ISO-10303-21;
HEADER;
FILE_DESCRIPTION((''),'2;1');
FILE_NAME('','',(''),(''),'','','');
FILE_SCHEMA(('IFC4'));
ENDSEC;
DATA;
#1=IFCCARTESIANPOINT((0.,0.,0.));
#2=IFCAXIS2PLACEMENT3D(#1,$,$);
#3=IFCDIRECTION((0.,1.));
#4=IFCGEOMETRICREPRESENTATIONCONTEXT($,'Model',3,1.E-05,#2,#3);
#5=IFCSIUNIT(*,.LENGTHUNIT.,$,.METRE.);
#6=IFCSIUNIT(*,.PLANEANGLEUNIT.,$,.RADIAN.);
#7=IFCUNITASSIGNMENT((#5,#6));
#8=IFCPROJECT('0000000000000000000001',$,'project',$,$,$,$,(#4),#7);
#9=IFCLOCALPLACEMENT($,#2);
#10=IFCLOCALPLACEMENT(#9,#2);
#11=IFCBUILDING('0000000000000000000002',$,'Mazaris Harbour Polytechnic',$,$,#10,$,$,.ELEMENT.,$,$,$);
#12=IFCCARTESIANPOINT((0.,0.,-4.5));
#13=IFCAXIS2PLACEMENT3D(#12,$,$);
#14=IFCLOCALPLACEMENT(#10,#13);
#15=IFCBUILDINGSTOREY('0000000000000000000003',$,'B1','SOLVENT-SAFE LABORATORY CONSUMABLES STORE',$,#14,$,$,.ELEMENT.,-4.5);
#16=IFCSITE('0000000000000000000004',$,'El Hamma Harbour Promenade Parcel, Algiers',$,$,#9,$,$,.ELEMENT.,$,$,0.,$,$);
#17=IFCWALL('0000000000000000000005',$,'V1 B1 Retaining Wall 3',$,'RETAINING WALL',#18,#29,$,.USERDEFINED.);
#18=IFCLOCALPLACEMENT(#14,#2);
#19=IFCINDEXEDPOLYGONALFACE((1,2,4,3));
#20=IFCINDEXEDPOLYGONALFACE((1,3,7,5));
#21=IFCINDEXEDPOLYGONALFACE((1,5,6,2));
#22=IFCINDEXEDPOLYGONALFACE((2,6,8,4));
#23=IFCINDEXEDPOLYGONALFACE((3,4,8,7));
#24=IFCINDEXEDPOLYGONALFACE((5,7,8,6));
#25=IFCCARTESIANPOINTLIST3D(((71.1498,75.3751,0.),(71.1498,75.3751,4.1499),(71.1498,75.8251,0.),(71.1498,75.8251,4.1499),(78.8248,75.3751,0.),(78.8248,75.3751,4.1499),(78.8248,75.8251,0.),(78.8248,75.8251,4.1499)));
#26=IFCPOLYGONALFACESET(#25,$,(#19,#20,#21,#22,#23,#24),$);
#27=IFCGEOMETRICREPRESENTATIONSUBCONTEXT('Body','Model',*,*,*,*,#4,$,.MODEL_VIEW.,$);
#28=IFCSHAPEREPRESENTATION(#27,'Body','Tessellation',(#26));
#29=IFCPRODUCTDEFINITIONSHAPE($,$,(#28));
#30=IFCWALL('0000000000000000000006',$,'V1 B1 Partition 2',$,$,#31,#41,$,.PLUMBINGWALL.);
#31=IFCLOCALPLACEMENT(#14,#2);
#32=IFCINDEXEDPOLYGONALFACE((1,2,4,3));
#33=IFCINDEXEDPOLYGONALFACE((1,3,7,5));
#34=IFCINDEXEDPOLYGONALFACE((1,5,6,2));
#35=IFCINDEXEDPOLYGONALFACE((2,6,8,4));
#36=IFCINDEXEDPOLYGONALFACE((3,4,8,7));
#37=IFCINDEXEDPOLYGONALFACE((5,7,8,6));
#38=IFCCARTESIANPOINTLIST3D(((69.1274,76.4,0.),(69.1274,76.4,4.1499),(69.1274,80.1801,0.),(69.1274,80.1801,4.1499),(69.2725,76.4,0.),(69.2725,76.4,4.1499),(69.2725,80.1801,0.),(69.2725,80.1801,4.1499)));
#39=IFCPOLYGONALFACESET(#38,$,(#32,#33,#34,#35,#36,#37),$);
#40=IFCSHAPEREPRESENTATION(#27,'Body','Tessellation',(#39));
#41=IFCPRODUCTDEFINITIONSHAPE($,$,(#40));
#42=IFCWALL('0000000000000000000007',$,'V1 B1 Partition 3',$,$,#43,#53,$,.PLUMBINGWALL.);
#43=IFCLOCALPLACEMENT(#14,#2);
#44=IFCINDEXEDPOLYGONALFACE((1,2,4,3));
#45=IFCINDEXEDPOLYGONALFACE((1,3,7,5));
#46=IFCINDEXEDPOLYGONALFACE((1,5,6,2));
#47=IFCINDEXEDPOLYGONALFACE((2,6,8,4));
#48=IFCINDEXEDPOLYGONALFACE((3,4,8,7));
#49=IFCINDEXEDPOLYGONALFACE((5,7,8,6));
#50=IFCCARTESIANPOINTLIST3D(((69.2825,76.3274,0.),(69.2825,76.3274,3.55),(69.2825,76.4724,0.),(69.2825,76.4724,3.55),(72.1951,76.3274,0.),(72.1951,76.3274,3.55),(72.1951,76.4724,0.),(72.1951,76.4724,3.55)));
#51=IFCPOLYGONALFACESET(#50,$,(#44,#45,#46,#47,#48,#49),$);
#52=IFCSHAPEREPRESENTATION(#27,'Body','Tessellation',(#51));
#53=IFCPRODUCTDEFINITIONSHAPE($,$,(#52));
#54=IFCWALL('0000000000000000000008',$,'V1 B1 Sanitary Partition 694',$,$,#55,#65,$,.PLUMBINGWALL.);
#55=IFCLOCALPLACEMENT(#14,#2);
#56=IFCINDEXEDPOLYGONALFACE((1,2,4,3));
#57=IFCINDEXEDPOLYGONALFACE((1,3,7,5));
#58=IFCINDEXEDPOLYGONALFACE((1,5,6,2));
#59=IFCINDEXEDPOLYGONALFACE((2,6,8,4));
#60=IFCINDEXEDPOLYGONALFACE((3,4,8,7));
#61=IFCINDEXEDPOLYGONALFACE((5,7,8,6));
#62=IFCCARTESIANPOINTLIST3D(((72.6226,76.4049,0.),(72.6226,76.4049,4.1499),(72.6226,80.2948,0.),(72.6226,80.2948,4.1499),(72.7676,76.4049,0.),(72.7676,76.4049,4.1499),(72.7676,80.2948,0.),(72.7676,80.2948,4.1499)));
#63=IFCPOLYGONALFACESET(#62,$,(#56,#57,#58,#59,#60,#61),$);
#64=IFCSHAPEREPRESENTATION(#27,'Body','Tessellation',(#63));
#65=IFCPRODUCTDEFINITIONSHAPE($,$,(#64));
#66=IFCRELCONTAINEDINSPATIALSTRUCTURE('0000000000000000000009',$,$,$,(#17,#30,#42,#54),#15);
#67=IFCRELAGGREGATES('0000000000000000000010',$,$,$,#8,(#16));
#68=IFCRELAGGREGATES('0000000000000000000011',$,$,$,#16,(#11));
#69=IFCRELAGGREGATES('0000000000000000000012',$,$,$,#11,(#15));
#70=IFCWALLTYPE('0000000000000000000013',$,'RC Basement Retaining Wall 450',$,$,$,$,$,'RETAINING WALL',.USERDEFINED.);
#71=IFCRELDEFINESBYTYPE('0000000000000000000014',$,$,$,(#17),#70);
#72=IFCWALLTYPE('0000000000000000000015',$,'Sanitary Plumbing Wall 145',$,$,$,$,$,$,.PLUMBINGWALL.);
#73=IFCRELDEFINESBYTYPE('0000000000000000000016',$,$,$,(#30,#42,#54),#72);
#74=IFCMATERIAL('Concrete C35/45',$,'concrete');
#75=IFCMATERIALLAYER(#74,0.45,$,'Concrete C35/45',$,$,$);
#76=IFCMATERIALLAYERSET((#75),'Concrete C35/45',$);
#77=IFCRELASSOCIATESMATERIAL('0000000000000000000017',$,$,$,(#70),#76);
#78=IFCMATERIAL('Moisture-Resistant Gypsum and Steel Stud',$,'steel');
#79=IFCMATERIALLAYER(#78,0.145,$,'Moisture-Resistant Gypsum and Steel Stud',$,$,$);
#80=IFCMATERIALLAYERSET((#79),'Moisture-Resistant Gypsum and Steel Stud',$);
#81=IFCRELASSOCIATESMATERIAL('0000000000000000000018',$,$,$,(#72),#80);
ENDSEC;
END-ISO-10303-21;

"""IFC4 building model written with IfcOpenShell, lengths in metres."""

from ifc_helpers import new_model, si_unit, direction, frame, frame_2d, origin, place, context, subcontext, project, spatial, rectangle, extrude, material, layer, layer_set, type_object, element, save


model = new_model("IFC4")

# Units and contexts
model_context = context("Model", 3, precision=1e-05, world=origin(), true_north=direction((0.0, 1.0)))
body_context = subcontext(model_context, "Body", "Model", "MODEL_VIEW")
ifc_project = project(units=[si_unit("LENGTHUNIT", "METRE"), si_unit("PLANEANGLEUNIT", "RADIAN")], contexts=[model_context])

# Site, building, storey
site_placement = place(None, origin())
site = spatial("IfcSite", under=ifc_project, at=site_placement, Name="El Hamma Harbour Promenade Parcel, Algiers", CompositionType="ELEMENT", RefElevation=0.0)
building_placement = place(site_placement, origin())
building = spatial("IfcBuilding", under=site, at=building_placement, Name="Mazaris Harbour Polytechnic", CompositionType="ELEMENT")
storey_placement = place(building_placement, frame((0.0, 0.0, -4.5)))
storey = spatial("IfcBuildingStorey", under=building, at=storey_placement, Name="B1", Description="SOLVENT-SAFE LABORATORY CONSUMABLES STORE", CompositionType="ELEMENT", Elevation=-4.5)

# Walls
ifc_material_1 = material(Name="Concrete C35/45", Category="concrete")
ifc_layer_1 = layer(ifc_material_1, 0.45, Name="Concrete C35/45")
ifc_layer_set_1 = layer_set([ifc_layer_1], Name="Concrete C35/45")
wall_type_1 = type_object("IfcWallType", Name="RC Basement Retaining Wall 450", ElementType="RETAINING WALL", PredefinedType="USERDEFINED", material=ifc_layer_set_1)
wall_1_placement = place(storey_placement, frame((71.1499, 75.6001, 0.0), z_axis=(0.0, 0.0, 1.0), x_axis=(1.0, 0.0, 0.0)))
element("IfcWall", 1, at=wall_1_placement, inside=storey, type_object=wall_type_1, Name="V1 B1 Retaining Wall 3", ObjectType="RETAINING WALL", PredefinedType="USERDEFINED", context=body_context, shape_type="SweptSolid", body=[
    extrude(rectangle(XDim=7.675, YDim=0.45, at=frame_2d((3.8374, 0.0))), origin(), (0.0, 0.0, 1.0), 4.1499),
])
ifc_material_2 = material(Name="Moisture-Resistant Gypsum and Steel Stud", Category="steel")
ifc_layer_2 = layer(ifc_material_2, 0.145, Name="Moisture-Resistant Gypsum and Steel Stud")
ifc_layer_set_2 = layer_set([ifc_layer_2], Name="Moisture-Resistant Gypsum and Steel Stud")
wall_type_2 = type_object("IfcWallType", Name="Sanitary Plumbing Wall 145", PredefinedType="PLUMBINGWALL", material=ifc_layer_set_2)
wall_2_placement = place(storey_placement, frame((69.2, 76.3999, 0.0), z_axis=(0.0, 0.0, 1.0), x_axis=(0.0, 1.0, 0.0)))
element("IfcWall", 2, at=wall_2_placement, inside=storey, type_object=wall_type_2, Name="V1 B1 Partition 2", PredefinedType="PLUMBINGWALL", context=body_context, shape_type="SweptSolid", body=[
    extrude(rectangle(XDim=3.78, YDim=0.145, at=frame_2d((1.8901, 0.0))), origin(), (0.0, 0.0, 1.0), 4.1499),
])
wall_3_placement = place(storey_placement, frame((69.2825, 76.3999, 0.0), z_axis=(0.0, 0.0, 1.0), x_axis=(1.0, 0.0, 0.0)))
element("IfcWall", 3, at=wall_3_placement, inside=storey, type_object=wall_type_2, Name="V1 B1 Partition 3", PredefinedType="PLUMBINGWALL", context=body_context, shape_type="SweptSolid", body=[
    extrude(rectangle(XDim=2.9126, YDim=0.145, at=frame_2d((1.4563, 0.0))), origin(), (0.0, 0.0, 1.0), 3.55),
])
wall_4_placement = place(storey_placement, frame((72.6951, 76.405, 0.0), z_axis=(0.0, 0.0, 1.0), x_axis=(0.0, 1.0, 0.0)))
element("IfcWall", 4, at=wall_4_placement, inside=storey, type_object=wall_type_2, Name="V1 B1 Sanitary Partition 694", PredefinedType="PLUMBINGWALL", context=body_context, shape_type="SweptSolid", body=[
    extrude(rectangle(XDim=3.8899, YDim=0.145, at=frame_2d((1.9448, 0.0))), origin(), (0.0, 0.0, 1.0), 4.1499),
])

save(model, "model.ifc")
